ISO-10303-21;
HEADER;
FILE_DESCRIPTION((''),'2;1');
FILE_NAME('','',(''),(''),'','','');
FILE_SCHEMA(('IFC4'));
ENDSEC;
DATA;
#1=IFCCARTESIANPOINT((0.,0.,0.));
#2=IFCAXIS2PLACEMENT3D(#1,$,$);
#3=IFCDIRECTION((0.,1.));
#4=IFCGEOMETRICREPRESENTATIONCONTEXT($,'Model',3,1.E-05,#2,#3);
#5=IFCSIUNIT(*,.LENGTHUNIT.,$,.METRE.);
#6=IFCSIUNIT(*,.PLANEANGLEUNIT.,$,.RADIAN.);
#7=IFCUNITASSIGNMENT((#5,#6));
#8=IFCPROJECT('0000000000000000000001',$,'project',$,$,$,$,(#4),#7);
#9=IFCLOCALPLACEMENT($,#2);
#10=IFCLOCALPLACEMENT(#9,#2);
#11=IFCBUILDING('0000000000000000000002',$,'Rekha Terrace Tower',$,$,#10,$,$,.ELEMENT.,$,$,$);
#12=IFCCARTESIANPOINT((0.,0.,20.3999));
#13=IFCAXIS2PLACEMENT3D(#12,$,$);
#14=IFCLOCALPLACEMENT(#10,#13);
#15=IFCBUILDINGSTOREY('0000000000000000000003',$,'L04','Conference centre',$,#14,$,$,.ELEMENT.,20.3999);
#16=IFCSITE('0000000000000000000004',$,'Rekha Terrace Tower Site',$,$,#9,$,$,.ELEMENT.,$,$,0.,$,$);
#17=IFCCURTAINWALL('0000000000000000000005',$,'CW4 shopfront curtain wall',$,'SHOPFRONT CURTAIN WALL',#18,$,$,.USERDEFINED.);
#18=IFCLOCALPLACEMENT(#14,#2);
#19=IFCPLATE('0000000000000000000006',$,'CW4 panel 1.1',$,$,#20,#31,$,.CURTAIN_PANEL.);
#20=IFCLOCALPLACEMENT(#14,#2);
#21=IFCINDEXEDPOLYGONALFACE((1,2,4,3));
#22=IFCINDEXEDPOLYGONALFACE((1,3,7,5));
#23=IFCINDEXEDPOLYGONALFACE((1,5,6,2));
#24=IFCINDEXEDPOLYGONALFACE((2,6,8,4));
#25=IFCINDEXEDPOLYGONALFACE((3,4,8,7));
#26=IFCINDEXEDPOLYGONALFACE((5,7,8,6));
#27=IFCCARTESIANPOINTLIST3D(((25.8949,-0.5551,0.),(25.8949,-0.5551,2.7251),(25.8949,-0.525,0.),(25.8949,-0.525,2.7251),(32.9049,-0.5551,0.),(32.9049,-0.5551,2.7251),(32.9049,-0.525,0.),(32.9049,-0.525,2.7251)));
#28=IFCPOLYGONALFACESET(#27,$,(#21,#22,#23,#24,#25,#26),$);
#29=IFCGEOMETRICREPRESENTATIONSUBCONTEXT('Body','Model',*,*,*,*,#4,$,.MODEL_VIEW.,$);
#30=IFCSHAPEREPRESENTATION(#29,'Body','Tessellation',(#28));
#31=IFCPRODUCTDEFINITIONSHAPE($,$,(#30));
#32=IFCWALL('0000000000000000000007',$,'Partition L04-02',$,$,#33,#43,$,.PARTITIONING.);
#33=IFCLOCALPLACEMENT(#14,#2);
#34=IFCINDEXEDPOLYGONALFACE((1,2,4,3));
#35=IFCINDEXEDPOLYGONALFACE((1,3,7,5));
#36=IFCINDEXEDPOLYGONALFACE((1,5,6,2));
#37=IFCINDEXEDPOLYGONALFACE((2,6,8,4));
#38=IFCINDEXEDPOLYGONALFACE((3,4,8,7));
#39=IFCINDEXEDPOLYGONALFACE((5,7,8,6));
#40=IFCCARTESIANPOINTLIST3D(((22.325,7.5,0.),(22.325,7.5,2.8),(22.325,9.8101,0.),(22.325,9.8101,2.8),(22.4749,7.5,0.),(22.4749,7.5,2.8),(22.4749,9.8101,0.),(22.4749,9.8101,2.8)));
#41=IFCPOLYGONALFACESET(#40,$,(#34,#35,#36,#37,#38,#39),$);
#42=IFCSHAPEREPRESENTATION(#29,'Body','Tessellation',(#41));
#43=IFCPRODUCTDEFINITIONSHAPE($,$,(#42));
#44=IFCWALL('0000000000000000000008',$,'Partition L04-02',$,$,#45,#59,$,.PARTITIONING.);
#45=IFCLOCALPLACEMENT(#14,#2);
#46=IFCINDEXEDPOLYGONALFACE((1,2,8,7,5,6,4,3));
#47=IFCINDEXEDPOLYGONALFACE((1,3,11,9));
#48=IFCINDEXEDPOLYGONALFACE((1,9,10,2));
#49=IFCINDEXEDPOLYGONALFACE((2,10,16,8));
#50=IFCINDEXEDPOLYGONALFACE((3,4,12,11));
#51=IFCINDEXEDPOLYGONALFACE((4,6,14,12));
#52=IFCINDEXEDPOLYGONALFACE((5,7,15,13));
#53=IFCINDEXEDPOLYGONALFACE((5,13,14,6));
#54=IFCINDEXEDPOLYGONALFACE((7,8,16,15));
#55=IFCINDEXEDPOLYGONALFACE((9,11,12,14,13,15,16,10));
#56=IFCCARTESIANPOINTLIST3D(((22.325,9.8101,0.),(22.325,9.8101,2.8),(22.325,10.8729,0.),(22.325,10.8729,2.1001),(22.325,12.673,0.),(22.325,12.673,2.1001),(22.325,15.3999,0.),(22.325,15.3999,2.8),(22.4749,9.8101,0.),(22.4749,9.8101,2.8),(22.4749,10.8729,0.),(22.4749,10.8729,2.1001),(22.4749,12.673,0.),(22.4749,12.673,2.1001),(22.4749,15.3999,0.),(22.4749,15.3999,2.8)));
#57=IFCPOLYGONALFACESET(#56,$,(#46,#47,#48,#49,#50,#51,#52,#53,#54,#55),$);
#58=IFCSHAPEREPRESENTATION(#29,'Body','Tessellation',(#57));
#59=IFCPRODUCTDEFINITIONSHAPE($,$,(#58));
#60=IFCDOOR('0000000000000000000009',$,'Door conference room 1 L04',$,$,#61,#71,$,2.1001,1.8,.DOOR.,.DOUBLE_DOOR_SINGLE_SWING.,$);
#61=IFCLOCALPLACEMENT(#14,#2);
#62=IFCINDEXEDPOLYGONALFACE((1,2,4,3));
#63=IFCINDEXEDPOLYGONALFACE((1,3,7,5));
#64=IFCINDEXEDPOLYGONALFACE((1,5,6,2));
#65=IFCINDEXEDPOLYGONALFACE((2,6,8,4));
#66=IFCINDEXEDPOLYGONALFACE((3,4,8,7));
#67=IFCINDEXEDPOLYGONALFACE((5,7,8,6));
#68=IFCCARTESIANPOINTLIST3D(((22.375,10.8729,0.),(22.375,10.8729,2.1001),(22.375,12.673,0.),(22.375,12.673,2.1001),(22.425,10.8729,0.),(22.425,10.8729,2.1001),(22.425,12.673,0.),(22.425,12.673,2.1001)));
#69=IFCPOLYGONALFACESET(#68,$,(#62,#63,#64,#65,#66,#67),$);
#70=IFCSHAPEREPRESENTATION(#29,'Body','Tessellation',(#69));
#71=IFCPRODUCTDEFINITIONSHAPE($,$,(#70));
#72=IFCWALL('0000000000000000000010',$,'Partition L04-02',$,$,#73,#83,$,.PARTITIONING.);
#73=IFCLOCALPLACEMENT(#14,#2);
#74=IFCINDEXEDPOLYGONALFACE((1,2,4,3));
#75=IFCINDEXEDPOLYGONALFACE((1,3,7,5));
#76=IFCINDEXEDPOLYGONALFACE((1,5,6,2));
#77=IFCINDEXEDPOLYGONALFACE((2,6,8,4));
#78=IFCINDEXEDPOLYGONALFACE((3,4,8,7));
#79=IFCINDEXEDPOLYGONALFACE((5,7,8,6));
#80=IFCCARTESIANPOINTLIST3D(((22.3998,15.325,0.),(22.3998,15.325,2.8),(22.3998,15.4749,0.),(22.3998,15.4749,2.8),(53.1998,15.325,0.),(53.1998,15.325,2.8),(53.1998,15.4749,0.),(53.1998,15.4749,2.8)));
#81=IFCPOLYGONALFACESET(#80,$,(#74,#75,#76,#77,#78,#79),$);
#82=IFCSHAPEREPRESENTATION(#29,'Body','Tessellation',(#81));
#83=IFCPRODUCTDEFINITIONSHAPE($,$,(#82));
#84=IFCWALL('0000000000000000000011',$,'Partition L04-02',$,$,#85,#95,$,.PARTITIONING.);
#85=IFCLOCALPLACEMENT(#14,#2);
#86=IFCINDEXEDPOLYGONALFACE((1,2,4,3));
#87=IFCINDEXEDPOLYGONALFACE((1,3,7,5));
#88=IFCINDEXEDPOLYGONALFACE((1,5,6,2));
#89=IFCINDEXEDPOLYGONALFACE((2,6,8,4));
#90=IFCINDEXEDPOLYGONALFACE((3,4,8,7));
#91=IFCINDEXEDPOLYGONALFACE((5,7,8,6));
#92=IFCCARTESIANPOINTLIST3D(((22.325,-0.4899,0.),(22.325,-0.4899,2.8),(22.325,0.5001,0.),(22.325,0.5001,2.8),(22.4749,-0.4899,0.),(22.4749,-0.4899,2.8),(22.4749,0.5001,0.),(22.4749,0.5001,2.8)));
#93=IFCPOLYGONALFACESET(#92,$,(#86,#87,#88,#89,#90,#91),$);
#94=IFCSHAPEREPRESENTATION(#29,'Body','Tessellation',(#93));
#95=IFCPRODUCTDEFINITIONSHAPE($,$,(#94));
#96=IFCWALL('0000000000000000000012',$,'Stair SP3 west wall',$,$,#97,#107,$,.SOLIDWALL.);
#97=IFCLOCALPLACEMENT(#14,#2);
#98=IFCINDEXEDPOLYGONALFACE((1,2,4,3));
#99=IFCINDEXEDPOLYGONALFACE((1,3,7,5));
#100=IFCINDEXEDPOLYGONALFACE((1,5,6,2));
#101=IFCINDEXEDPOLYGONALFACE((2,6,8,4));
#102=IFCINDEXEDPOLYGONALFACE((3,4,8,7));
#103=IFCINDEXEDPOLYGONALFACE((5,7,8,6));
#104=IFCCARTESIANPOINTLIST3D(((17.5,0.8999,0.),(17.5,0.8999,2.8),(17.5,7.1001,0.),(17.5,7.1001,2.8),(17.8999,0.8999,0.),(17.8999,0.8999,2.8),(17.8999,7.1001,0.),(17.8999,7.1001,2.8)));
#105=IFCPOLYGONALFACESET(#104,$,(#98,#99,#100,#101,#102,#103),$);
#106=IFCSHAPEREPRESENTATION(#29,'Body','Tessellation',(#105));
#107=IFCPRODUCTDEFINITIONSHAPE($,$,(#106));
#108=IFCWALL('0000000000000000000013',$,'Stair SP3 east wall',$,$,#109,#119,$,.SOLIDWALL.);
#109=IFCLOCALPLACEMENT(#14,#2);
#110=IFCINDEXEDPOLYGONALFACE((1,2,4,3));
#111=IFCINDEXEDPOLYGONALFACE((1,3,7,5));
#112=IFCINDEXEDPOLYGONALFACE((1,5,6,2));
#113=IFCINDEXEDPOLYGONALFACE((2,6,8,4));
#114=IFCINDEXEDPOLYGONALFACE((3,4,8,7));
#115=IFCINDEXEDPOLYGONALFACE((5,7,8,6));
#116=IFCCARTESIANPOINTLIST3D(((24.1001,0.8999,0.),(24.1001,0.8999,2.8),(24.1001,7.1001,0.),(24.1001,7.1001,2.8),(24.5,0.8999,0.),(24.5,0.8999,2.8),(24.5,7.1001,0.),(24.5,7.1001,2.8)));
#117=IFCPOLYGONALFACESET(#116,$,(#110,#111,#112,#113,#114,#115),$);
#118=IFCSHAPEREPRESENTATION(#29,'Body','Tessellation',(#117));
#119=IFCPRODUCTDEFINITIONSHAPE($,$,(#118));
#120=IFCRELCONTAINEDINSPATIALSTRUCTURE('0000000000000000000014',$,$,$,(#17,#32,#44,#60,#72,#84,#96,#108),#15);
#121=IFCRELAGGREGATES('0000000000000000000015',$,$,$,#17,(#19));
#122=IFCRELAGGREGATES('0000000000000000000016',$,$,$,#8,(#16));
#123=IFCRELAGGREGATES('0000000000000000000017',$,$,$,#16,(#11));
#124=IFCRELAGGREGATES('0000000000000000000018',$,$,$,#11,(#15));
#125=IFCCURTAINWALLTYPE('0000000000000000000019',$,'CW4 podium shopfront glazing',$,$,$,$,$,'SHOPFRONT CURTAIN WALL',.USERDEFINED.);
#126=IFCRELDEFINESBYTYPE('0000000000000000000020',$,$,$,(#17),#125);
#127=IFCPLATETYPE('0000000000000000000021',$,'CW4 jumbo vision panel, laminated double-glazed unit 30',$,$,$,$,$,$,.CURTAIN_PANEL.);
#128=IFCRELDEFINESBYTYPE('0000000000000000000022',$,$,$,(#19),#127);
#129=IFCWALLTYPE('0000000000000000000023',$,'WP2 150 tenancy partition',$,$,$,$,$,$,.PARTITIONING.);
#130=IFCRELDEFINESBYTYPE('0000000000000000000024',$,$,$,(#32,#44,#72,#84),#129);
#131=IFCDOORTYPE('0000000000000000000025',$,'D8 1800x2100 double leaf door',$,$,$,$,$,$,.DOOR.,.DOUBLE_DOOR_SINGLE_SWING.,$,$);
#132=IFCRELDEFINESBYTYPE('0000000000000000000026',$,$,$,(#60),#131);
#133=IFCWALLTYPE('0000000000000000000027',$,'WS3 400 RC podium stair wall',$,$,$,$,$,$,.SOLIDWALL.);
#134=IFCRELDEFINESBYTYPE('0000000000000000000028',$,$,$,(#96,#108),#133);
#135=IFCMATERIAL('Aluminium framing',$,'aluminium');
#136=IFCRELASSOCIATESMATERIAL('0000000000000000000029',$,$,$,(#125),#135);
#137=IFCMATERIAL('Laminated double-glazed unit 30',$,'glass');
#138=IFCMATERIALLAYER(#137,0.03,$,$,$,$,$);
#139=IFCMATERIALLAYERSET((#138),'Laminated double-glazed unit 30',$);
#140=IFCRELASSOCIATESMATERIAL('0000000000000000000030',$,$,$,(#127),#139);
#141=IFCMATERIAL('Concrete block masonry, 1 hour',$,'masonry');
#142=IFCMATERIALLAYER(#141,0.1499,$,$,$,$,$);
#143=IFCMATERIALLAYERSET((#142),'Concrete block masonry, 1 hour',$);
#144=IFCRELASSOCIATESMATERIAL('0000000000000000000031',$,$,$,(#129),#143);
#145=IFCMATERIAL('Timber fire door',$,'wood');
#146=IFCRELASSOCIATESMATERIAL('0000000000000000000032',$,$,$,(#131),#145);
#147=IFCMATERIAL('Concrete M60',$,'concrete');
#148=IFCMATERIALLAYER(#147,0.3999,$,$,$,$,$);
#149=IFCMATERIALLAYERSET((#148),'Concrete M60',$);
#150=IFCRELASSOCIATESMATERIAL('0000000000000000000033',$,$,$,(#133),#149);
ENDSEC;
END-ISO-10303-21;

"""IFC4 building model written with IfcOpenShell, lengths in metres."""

from ifc_helpers import new_model, si_unit, direction, frame, frame_2d, origin, origin_2d, place, context, subcontext, project, spatial, rectangle, extrude, material, layer, layer_set, type_object, element, fill, aggregate, save


model = new_model("IFC4")

# Units and contexts
model_context = context("Model", 3, precision=1e-05, world=origin(), true_north=direction((0.0, 1.0)))
body_context = subcontext(model_context, "Body", "Model", "MODEL_VIEW")
ifc_project = project(units=[si_unit("LENGTHUNIT", "METRE"), si_unit("PLANEANGLEUNIT", "RADIAN")], contexts=[model_context])

# Site, building, storey
site_placement = place(None, origin())
site = spatial("IfcSite", under=ifc_project, at=site_placement, Name="Rekha Terrace Tower Site", CompositionType="ELEMENT", RefElevation=0.0)
building_placement = place(site_placement, origin())
building = spatial("IfcBuilding", under=site, at=building_placement, Name="Rekha Terrace Tower", CompositionType="ELEMENT")
storey_placement = place(building_placement, frame((0.0, 0.0, 20.3999)))
storey = spatial("IfcBuildingStorey", under=building, at=storey_placement, Name="L04", Description="Conference centre", CompositionType="ELEMENT", Elevation=20.3999)

# Shared definitions
ifc_material_1 = material(Name="Concrete M60", Category="concrete")

# Shared definitions
ifc_material_2 = material(Name="Aluminium framing", Category="aluminium")
curtain_wall_type = type_object("IfcCurtainWallType", Name="CW4 podium shopfront glazing", ElementType="SHOPFRONT CURTAIN WALL", PredefinedType="USERDEFINED", material=ifc_material_2)

# Curtain wall
curtain_wall_1_placement = place(storey_placement, origin())
curtain_wall_1 = element("IfcCurtainWall", 1, at=curtain_wall_1_placement, inside=storey, type_object=curtain_wall_type, Name="CW4 shopfront curtain wall", ObjectType="SHOPFRONT CURTAIN WALL", PredefinedType="USERDEFINED")

# Plate
ifc_material_3 = material(Name="Laminated double-glazed unit 30", Category="glass")
ifc_layer_1 = layer(ifc_material_3, 0.03)
ifc_layer_set_1 = layer_set([ifc_layer_1], Name="Laminated double-glazed unit 30")
plate_type = type_object("IfcPlateType", Name="CW4 jumbo vision panel, laminated double-glazed unit 30", PredefinedType="CURTAIN_PANEL", material=ifc_layer_set_1)
plate_1_placement = place(storey_placement, frame((29.3999, -0.54, 0.0), z_axis=(0.0, 0.0, 1.0), x_axis=(1.0, 0.0, 0.0)))
plate_1 = element("IfcPlate", 2, at=plate_1_placement, type_object=plate_type, Name="CW4 panel 1.1", PredefinedType="CURTAIN_PANEL", context=body_context, shape_type="SweptSolid", body=[
    extrude(rectangle(XDim=7.01, YDim=0.03, at=origin_2d()), origin(), (0.0, 0.0, 1.0), 2.7251),
])
aggregate(curtain_wall_1, [plate_1])

# Wall
ifc_material_4 = material(Name="Concrete block masonry, 1 hour", Category="masonry")
ifc_layer_2 = layer(ifc_material_4, 0.1499)
ifc_layer_set_2 = layer_set([ifc_layer_2], Name="Concrete block masonry, 1 hour")
wall_type_1 = type_object("IfcWallType", Name="WP2 150 tenancy partition", PredefinedType="PARTITIONING", material=ifc_layer_set_2)
wall_1_placement = place(storey_placement, frame((22.3999, 7.5, 0.0), z_axis=(0.0, 0.0, 1.0), x_axis=(0.0, 1.0, 0.0)))
element("IfcWall", 3, at=wall_1_placement, inside=storey, type_object=wall_type_1, Name="Partition L04-02", PredefinedType="PARTITIONING", context=body_context, shape_type="SweptSolid", body=[
    extrude(rectangle(XDim=2.3101, YDim=0.1499, at=frame_2d((1.155, 0.0))), origin(), (0.0, 0.0, 1.0), 2.8),
])

# Wall, opening, door
wall_2_placement = place(storey_placement, frame((22.3999, 9.8101, 0.0), z_axis=(0.0, 0.0, 1.0), x_axis=(0.0, 1.0, 0.0)))
wall_2 = element("IfcWall", 4, at=wall_2_placement, inside=storey, type_object=wall_type_1, Name="Partition L04-02", PredefinedType="PARTITIONING", context=body_context, shape_type="SweptSolid", body=[
    extrude(rectangle(XDim=5.5898, YDim=0.1499, at=frame_2d((2.7949, 0.0))), origin(), (0.0, 0.0, 1.0), 2.8),
])
opening_placement = place(wall_2_placement, frame((1.063, 0.0, 0.0)))
opening = element("IfcOpeningElement", 5, at=opening_placement, cuts=wall_2, PredefinedType="OPENING", context=body_context, shape_type="SweptSolid", body=[
    extrude(rectangle(XDim=1.8, YDim=2.1001, at=frame_2d((0.8999, 1.05))), frame((0.0, 0.085, 0.0), z_axis=(0.0, -1.0, 0.0), x_axis=(1.0, 0.0, 0.0)), (0.0, 0.0, 1.0), 0.1699),
])
ifc_material_5 = material(Name="Timber fire door", Category="wood")
door_type = type_object("IfcDoorType", Name="D8 1800x2100 double leaf door", OperationType="DOUBLE_DOOR_SINGLE_SWING", PredefinedType="DOOR", material=ifc_material_5)
door_placement = place(opening_placement, origin())
door = element("IfcDoor", 6, at=door_placement, inside=storey, type_object=door_type, Name="Door conference room 1 L04", OperationType="DOUBLE_DOOR_SINGLE_SWING", OverallHeight=2.1001, OverallWidth=1.8, PredefinedType="DOOR", context=body_context, shape_type="SweptSolid", body=[
    extrude(rectangle(XDim=1.8, YDim=2.1001, at=frame_2d((0.8999, 1.05))), frame((0.0, 0.0249, 0.0), z_axis=(0.0, -1.0, 0.0), x_axis=(1.0, 0.0, 0.0)), (0.0, 0.0, 1.0), 0.05),
])
fill(opening, door)

# Walls
wall_3_placement = place(storey_placement, frame((22.3999, 15.3999, 0.0), z_axis=(0.0, 0.0, 1.0), x_axis=(1.0, 0.0, 0.0)))
element("IfcWall", 7, at=wall_3_placement, inside=storey, type_object=wall_type_1, Name="Partition L04-02", PredefinedType="PARTITIONING", context=body_context, shape_type="SweptSolid", body=[
    extrude(rectangle(XDim=30.8, YDim=0.1499, at=frame_2d((15.3999, 0.0))), origin(), (0.0, 0.0, 1.0), 2.8),
])
wall_4_placement = place(storey_placement, frame((22.3999, -0.49, 0.0), z_axis=(0.0, 0.0, 1.0), x_axis=(0.0, 1.0, 0.0)))
element("IfcWall", 8, at=wall_4_placement, inside=storey, type_object=wall_type_1, Name="Partition L04-02", PredefinedType="PARTITIONING", context=body_context, shape_type="SweptSolid", body=[
    extrude(rectangle(XDim=0.99, YDim=0.1499, at=frame_2d((0.4951, 0.0))), origin(), (0.0, 0.0, 1.0), 2.8),
])
ifc_layer_3 = layer(ifc_material_1, 0.3999)
ifc_layer_set_3 = layer_set([ifc_layer_3], Name="Concrete M60")
wall_type_2 = type_object("IfcWallType", Name="WS3 400 RC podium stair wall", PredefinedType="SOLIDWALL", material=ifc_layer_set_3)
for number, where, z_axis, x_axis, name in (
    (9, (17.7, 0.8999, 0.0), (0.0, 0.0, 1.0), (0.0, 1.0, 0.0), "Stair SP3 west wall"),
    (10, (24.3, 0.8999, 0.0), (0.0, 0.0, 1.0), (0.0, 1.0, 0.0), "Stair SP3 east wall"),
):
    element("IfcWall", number, at=place(storey_placement, frame(where, z_axis=z_axis, x_axis=x_axis)), inside=storey, type_object=wall_type_2, Name=name, PredefinedType="SOLIDWALL", context=body_context, shape_type="SweptSolid", body=[
        extrude(rectangle(XDim=6.2002, YDim=0.3999, at=frame_2d((3.1001, 0.0))), origin(), (0.0, 0.0, 1.0), 2.8),
    ])

save(model, "model.ifc")
